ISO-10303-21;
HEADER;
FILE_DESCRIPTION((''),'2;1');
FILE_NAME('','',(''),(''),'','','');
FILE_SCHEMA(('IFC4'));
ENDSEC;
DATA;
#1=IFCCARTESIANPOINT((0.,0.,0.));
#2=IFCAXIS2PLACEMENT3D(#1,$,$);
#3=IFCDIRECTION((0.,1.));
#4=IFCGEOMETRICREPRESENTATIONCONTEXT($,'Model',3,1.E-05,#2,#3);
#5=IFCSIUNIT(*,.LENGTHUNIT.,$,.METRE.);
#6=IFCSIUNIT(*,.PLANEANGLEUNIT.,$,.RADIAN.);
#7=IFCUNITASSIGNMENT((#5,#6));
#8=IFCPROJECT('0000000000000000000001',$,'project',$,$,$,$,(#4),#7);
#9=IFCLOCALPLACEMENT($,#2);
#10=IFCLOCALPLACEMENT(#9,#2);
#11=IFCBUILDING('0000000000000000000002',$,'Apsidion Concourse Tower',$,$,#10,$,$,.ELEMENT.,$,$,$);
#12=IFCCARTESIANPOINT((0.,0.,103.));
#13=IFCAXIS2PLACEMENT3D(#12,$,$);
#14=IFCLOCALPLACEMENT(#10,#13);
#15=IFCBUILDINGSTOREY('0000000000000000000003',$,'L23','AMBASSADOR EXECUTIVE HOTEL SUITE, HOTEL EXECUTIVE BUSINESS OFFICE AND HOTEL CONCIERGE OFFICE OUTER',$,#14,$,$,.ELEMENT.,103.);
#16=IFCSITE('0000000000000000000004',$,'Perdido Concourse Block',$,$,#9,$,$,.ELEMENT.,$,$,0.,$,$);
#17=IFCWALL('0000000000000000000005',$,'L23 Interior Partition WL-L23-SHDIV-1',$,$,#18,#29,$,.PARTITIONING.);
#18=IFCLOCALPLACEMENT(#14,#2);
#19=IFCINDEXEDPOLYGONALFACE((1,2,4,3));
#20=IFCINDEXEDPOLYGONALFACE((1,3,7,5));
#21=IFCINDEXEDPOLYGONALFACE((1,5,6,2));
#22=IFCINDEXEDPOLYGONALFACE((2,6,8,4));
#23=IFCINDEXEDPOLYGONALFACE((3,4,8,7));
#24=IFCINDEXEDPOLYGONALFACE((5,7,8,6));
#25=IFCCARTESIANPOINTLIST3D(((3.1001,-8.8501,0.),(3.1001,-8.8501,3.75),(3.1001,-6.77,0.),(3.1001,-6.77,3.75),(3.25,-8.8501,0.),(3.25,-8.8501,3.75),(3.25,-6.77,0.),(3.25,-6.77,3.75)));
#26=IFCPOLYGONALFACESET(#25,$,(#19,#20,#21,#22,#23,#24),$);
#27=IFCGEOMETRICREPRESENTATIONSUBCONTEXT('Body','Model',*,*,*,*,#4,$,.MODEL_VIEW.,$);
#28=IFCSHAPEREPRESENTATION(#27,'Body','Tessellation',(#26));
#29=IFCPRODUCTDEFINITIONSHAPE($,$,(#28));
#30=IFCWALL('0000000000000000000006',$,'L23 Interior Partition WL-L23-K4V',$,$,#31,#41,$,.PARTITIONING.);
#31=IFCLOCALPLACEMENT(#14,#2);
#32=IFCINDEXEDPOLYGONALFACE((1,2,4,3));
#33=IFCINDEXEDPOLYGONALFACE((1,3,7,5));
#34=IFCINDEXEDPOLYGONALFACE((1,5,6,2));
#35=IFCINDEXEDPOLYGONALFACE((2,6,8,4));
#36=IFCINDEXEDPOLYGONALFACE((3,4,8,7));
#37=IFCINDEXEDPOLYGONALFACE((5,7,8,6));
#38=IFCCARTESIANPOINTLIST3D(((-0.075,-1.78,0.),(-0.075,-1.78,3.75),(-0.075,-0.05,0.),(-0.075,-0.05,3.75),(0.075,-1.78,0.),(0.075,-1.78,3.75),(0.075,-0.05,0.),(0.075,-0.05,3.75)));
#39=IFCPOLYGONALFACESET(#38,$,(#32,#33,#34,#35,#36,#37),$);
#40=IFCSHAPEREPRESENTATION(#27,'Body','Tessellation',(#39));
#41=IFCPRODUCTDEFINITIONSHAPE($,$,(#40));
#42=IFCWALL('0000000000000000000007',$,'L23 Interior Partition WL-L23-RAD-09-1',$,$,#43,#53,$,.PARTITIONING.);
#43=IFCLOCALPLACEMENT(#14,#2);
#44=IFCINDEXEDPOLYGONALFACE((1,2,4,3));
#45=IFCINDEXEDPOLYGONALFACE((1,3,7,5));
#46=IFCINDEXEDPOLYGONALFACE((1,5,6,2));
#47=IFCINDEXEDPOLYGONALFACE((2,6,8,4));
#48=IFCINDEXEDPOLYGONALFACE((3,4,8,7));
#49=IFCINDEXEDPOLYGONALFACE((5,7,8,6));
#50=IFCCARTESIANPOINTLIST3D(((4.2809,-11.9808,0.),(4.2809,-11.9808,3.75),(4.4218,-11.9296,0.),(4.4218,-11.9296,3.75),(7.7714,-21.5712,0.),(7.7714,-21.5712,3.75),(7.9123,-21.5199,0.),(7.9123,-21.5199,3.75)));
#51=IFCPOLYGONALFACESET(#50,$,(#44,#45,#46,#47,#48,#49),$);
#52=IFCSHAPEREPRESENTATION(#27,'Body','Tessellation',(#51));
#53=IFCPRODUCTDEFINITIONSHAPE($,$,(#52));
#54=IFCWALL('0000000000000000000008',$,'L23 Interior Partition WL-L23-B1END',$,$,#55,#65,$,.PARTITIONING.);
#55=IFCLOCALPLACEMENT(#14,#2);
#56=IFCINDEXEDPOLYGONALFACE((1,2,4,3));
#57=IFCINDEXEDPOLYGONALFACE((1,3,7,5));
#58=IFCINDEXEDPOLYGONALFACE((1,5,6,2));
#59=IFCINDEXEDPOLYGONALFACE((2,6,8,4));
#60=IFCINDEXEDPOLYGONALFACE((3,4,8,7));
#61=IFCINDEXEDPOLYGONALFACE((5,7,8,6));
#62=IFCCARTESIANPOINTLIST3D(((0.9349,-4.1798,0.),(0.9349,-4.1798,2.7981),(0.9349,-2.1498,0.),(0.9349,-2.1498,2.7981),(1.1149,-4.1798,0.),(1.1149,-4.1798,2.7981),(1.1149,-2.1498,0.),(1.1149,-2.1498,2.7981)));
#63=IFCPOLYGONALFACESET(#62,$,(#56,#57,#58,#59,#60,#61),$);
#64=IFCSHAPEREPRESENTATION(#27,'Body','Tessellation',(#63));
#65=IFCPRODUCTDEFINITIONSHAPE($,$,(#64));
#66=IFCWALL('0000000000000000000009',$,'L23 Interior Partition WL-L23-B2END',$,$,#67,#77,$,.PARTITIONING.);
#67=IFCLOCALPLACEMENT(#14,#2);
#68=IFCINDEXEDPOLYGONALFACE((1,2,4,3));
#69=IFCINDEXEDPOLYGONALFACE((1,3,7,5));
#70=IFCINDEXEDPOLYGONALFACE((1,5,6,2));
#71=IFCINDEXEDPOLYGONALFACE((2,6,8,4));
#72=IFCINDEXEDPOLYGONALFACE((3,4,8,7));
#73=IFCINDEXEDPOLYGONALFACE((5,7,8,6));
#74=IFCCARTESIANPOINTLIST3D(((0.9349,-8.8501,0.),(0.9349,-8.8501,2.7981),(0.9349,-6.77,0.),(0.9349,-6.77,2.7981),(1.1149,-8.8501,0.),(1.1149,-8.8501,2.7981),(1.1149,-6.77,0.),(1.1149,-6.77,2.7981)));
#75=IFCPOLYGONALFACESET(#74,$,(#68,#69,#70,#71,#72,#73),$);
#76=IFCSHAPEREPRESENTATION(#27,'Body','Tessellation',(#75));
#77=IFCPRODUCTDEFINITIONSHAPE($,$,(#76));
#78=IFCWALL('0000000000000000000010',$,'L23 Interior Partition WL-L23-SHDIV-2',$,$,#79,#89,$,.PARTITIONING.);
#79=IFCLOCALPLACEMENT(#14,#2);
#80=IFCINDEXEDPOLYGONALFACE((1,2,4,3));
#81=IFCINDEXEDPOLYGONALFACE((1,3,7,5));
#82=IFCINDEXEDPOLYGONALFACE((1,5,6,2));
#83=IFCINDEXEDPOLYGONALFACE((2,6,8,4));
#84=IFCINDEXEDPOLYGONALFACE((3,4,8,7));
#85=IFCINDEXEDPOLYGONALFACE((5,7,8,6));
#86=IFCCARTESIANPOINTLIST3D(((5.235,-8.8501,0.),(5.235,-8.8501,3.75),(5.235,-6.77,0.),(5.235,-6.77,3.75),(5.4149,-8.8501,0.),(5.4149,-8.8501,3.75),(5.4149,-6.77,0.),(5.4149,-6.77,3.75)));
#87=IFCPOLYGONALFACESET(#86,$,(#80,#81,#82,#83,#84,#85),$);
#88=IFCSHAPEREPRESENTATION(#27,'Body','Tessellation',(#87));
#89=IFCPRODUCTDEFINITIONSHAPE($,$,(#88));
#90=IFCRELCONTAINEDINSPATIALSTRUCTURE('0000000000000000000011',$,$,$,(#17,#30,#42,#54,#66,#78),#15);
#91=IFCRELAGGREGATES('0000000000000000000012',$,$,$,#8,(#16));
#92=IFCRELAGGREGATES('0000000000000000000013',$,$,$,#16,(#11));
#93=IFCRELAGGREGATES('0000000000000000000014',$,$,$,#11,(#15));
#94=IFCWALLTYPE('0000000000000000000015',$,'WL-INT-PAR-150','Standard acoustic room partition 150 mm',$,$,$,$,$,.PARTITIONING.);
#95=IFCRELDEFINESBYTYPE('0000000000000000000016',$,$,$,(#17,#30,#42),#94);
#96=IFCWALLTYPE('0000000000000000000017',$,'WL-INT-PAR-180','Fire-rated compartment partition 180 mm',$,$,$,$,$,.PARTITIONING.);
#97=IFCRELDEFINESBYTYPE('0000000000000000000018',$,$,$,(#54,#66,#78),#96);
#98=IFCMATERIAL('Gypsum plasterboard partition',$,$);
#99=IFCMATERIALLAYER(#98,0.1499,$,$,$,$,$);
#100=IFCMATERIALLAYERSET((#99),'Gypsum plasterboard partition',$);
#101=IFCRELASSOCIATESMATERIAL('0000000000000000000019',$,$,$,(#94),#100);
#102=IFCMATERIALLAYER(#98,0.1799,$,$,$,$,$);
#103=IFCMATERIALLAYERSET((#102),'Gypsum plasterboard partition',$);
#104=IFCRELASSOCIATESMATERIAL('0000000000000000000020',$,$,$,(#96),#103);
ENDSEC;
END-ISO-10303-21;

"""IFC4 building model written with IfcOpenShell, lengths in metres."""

from ifc_helpers import new_model, si_unit, direction, frame, frame_2d, origin, place, context, subcontext, project, spatial, rectangle, extrude, material, layer, layer_set, type_object, element, save


model = new_model("IFC4")

# Units and contexts
model_context = context("Model", 3, precision=1e-05, world=origin(), true_north=direction((0.0, 1.0)))
body_context = subcontext(model_context, "Body", "Model", "MODEL_VIEW")
ifc_project = project(units=[si_unit("LENGTHUNIT", "METRE"), si_unit("PLANEANGLEUNIT", "RADIAN")], contexts=[model_context])

# Site, building, storey
site_placement = place(None, origin())
site = spatial("IfcSite", under=ifc_project, at=site_placement, Name="Perdido Concourse Block", CompositionType="ELEMENT", RefElevation=0.0)
building_placement = place(site_placement, origin())
building = spatial("IfcBuilding", under=site, at=building_placement, Name="Apsidion Concourse Tower", CompositionType="ELEMENT")
storey_placement = place(building_placement, frame((0.0, 0.0, 103.0)))
storey = spatial("IfcBuildingStorey", under=building, at=storey_placement, Name="L23", Description="AMBASSADOR EXECUTIVE HOTEL SUITE, HOTEL EXECUTIVE BUSINESS OFFICE AND HOTEL CONCIERGE OFFICE OUTER", CompositionType="ELEMENT", Elevation=103.0)

# Walls
ifc_material_1 = material(Name="Gypsum plasterboard partition")
ifc_layer_1 = layer(ifc_material_1, 0.1499)
ifc_layer_set_1 = layer_set([ifc_layer_1], Name="Gypsum plasterboard partition")
wall_type_1 = type_object("IfcWallType", Name="WL-INT-PAR-150", Description="Standard acoustic room partition 150 mm", PredefinedType="PARTITIONING", material=ifc_layer_set_1)
wall_1_placement = place(storey_placement, frame((3.175, -8.8501, 0.0), z_axis=(0.0, 0.0, 1.0), x_axis=(0.0, 1.0, 0.0)))
element("IfcWall", 1, at=wall_1_placement, inside=storey, type_object=wall_type_1, Name="L23 Interior Partition WL-L23-SHDIV-1", PredefinedType="PARTITIONING", context=body_context, shape_type="SweptSolid", body=[
    extrude(rectangle(XDim=2.0801, YDim=0.1499, at=frame_2d((1.04, 0.0))), origin(), (0.0, 0.0, 1.0), 3.75),
])
wall_2_placement = place(storey_placement, frame((0.0, -1.78, 0.0), z_axis=(0.0, 0.0, 1.0), x_axis=(0.0, 1.0, 0.0)))
element("IfcWall", 2, at=wall_2_placement, inside=storey, type_object=wall_type_1, Name="L23 Interior Partition WL-L23-K4V", PredefinedType="PARTITIONING", context=body_context, shape_type="SweptSolid", body=[
    extrude(rectangle(XDim=1.73, YDim=0.1499, at=frame_2d((0.865, 0.0))), origin(), (0.0, 0.0, 1.0), 3.75),
])
wall_3_placement = place(storey_placement, frame((4.3513, -11.9551, 0.0), z_axis=(0.0, 0.0, 1.0), x_axis=(0.34201, -0.939696, 0.0)))
element("IfcWall", 3, at=wall_3_placement, inside=storey, type_object=wall_type_1, Name="L23 Interior Partition WL-L23-RAD-09-1", PredefinedType="PARTITIONING", context=body_context, shape_type="SweptSolid", body=[
    extrude(rectangle(XDim=10.2058, YDim=0.1499, at=frame_2d((5.103, 0.0))), origin(), (0.0, 0.0, 1.0), 3.75),
])
ifc_layer_2 = layer(ifc_material_1, 0.1799)
ifc_layer_set_2 = layer_set([ifc_layer_2], Name="Gypsum plasterboard partition")
wall_type_2 = type_object("IfcWallType", Name="WL-INT-PAR-180", Description="Fire-rated compartment partition 180 mm", PredefinedType="PARTITIONING", material=ifc_layer_set_2)
wall_4_placement = place(storey_placement, frame((1.0249, -4.1799, 0.0), z_axis=(0.0, 0.0, 1.0), x_axis=(0.0, 1.0, 0.0)))
element("IfcWall", 4, at=wall_4_placement, inside=storey, type_object=wall_type_2, Name="L23 Interior Partition WL-L23-B1END", PredefinedType="PARTITIONING", context=body_context, shape_type="SweptSolid", body=[
    extrude(rectangle(XDim=2.03, YDim=0.1799, at=frame_2d((1.0151, 0.0))), origin(), (0.0, 0.0, 1.0), 2.7981),
])
wall_5_placement = place(storey_placement, frame((1.0249, -8.8501, 0.0), z_axis=(0.0, 0.0, 1.0), x_axis=(0.0, 1.0, 0.0)))
element("IfcWall", 5, at=wall_5_placement, inside=storey, type_object=wall_type_2, Name="L23 Interior Partition WL-L23-B2END", PredefinedType="PARTITIONING", context=body_context, shape_type="SweptSolid", body=[
    extrude(rectangle(XDim=2.0801, YDim=0.1799, at=frame_2d((1.04, 0.0))), origin(), (0.0, 0.0, 1.0), 2.7981),
])
wall_6_placement = place(storey_placement, frame((5.325, -8.8501, 0.0), z_axis=(0.0, 0.0, 1.0), x_axis=(0.0, 1.0, 0.0)))
element("IfcWall", 6, at=wall_6_placement, inside=storey, type_object=wall_type_2, Name="L23 Interior Partition WL-L23-SHDIV-2", PredefinedType="PARTITIONING", context=body_context, shape_type="SweptSolid", body=[
    extrude(rectangle(XDim=2.0801, YDim=0.1799, at=frame_2d((1.04, 0.0))), origin(), (0.0, 0.0, 1.0), 3.75),
])

save(model, "model.ifc")
